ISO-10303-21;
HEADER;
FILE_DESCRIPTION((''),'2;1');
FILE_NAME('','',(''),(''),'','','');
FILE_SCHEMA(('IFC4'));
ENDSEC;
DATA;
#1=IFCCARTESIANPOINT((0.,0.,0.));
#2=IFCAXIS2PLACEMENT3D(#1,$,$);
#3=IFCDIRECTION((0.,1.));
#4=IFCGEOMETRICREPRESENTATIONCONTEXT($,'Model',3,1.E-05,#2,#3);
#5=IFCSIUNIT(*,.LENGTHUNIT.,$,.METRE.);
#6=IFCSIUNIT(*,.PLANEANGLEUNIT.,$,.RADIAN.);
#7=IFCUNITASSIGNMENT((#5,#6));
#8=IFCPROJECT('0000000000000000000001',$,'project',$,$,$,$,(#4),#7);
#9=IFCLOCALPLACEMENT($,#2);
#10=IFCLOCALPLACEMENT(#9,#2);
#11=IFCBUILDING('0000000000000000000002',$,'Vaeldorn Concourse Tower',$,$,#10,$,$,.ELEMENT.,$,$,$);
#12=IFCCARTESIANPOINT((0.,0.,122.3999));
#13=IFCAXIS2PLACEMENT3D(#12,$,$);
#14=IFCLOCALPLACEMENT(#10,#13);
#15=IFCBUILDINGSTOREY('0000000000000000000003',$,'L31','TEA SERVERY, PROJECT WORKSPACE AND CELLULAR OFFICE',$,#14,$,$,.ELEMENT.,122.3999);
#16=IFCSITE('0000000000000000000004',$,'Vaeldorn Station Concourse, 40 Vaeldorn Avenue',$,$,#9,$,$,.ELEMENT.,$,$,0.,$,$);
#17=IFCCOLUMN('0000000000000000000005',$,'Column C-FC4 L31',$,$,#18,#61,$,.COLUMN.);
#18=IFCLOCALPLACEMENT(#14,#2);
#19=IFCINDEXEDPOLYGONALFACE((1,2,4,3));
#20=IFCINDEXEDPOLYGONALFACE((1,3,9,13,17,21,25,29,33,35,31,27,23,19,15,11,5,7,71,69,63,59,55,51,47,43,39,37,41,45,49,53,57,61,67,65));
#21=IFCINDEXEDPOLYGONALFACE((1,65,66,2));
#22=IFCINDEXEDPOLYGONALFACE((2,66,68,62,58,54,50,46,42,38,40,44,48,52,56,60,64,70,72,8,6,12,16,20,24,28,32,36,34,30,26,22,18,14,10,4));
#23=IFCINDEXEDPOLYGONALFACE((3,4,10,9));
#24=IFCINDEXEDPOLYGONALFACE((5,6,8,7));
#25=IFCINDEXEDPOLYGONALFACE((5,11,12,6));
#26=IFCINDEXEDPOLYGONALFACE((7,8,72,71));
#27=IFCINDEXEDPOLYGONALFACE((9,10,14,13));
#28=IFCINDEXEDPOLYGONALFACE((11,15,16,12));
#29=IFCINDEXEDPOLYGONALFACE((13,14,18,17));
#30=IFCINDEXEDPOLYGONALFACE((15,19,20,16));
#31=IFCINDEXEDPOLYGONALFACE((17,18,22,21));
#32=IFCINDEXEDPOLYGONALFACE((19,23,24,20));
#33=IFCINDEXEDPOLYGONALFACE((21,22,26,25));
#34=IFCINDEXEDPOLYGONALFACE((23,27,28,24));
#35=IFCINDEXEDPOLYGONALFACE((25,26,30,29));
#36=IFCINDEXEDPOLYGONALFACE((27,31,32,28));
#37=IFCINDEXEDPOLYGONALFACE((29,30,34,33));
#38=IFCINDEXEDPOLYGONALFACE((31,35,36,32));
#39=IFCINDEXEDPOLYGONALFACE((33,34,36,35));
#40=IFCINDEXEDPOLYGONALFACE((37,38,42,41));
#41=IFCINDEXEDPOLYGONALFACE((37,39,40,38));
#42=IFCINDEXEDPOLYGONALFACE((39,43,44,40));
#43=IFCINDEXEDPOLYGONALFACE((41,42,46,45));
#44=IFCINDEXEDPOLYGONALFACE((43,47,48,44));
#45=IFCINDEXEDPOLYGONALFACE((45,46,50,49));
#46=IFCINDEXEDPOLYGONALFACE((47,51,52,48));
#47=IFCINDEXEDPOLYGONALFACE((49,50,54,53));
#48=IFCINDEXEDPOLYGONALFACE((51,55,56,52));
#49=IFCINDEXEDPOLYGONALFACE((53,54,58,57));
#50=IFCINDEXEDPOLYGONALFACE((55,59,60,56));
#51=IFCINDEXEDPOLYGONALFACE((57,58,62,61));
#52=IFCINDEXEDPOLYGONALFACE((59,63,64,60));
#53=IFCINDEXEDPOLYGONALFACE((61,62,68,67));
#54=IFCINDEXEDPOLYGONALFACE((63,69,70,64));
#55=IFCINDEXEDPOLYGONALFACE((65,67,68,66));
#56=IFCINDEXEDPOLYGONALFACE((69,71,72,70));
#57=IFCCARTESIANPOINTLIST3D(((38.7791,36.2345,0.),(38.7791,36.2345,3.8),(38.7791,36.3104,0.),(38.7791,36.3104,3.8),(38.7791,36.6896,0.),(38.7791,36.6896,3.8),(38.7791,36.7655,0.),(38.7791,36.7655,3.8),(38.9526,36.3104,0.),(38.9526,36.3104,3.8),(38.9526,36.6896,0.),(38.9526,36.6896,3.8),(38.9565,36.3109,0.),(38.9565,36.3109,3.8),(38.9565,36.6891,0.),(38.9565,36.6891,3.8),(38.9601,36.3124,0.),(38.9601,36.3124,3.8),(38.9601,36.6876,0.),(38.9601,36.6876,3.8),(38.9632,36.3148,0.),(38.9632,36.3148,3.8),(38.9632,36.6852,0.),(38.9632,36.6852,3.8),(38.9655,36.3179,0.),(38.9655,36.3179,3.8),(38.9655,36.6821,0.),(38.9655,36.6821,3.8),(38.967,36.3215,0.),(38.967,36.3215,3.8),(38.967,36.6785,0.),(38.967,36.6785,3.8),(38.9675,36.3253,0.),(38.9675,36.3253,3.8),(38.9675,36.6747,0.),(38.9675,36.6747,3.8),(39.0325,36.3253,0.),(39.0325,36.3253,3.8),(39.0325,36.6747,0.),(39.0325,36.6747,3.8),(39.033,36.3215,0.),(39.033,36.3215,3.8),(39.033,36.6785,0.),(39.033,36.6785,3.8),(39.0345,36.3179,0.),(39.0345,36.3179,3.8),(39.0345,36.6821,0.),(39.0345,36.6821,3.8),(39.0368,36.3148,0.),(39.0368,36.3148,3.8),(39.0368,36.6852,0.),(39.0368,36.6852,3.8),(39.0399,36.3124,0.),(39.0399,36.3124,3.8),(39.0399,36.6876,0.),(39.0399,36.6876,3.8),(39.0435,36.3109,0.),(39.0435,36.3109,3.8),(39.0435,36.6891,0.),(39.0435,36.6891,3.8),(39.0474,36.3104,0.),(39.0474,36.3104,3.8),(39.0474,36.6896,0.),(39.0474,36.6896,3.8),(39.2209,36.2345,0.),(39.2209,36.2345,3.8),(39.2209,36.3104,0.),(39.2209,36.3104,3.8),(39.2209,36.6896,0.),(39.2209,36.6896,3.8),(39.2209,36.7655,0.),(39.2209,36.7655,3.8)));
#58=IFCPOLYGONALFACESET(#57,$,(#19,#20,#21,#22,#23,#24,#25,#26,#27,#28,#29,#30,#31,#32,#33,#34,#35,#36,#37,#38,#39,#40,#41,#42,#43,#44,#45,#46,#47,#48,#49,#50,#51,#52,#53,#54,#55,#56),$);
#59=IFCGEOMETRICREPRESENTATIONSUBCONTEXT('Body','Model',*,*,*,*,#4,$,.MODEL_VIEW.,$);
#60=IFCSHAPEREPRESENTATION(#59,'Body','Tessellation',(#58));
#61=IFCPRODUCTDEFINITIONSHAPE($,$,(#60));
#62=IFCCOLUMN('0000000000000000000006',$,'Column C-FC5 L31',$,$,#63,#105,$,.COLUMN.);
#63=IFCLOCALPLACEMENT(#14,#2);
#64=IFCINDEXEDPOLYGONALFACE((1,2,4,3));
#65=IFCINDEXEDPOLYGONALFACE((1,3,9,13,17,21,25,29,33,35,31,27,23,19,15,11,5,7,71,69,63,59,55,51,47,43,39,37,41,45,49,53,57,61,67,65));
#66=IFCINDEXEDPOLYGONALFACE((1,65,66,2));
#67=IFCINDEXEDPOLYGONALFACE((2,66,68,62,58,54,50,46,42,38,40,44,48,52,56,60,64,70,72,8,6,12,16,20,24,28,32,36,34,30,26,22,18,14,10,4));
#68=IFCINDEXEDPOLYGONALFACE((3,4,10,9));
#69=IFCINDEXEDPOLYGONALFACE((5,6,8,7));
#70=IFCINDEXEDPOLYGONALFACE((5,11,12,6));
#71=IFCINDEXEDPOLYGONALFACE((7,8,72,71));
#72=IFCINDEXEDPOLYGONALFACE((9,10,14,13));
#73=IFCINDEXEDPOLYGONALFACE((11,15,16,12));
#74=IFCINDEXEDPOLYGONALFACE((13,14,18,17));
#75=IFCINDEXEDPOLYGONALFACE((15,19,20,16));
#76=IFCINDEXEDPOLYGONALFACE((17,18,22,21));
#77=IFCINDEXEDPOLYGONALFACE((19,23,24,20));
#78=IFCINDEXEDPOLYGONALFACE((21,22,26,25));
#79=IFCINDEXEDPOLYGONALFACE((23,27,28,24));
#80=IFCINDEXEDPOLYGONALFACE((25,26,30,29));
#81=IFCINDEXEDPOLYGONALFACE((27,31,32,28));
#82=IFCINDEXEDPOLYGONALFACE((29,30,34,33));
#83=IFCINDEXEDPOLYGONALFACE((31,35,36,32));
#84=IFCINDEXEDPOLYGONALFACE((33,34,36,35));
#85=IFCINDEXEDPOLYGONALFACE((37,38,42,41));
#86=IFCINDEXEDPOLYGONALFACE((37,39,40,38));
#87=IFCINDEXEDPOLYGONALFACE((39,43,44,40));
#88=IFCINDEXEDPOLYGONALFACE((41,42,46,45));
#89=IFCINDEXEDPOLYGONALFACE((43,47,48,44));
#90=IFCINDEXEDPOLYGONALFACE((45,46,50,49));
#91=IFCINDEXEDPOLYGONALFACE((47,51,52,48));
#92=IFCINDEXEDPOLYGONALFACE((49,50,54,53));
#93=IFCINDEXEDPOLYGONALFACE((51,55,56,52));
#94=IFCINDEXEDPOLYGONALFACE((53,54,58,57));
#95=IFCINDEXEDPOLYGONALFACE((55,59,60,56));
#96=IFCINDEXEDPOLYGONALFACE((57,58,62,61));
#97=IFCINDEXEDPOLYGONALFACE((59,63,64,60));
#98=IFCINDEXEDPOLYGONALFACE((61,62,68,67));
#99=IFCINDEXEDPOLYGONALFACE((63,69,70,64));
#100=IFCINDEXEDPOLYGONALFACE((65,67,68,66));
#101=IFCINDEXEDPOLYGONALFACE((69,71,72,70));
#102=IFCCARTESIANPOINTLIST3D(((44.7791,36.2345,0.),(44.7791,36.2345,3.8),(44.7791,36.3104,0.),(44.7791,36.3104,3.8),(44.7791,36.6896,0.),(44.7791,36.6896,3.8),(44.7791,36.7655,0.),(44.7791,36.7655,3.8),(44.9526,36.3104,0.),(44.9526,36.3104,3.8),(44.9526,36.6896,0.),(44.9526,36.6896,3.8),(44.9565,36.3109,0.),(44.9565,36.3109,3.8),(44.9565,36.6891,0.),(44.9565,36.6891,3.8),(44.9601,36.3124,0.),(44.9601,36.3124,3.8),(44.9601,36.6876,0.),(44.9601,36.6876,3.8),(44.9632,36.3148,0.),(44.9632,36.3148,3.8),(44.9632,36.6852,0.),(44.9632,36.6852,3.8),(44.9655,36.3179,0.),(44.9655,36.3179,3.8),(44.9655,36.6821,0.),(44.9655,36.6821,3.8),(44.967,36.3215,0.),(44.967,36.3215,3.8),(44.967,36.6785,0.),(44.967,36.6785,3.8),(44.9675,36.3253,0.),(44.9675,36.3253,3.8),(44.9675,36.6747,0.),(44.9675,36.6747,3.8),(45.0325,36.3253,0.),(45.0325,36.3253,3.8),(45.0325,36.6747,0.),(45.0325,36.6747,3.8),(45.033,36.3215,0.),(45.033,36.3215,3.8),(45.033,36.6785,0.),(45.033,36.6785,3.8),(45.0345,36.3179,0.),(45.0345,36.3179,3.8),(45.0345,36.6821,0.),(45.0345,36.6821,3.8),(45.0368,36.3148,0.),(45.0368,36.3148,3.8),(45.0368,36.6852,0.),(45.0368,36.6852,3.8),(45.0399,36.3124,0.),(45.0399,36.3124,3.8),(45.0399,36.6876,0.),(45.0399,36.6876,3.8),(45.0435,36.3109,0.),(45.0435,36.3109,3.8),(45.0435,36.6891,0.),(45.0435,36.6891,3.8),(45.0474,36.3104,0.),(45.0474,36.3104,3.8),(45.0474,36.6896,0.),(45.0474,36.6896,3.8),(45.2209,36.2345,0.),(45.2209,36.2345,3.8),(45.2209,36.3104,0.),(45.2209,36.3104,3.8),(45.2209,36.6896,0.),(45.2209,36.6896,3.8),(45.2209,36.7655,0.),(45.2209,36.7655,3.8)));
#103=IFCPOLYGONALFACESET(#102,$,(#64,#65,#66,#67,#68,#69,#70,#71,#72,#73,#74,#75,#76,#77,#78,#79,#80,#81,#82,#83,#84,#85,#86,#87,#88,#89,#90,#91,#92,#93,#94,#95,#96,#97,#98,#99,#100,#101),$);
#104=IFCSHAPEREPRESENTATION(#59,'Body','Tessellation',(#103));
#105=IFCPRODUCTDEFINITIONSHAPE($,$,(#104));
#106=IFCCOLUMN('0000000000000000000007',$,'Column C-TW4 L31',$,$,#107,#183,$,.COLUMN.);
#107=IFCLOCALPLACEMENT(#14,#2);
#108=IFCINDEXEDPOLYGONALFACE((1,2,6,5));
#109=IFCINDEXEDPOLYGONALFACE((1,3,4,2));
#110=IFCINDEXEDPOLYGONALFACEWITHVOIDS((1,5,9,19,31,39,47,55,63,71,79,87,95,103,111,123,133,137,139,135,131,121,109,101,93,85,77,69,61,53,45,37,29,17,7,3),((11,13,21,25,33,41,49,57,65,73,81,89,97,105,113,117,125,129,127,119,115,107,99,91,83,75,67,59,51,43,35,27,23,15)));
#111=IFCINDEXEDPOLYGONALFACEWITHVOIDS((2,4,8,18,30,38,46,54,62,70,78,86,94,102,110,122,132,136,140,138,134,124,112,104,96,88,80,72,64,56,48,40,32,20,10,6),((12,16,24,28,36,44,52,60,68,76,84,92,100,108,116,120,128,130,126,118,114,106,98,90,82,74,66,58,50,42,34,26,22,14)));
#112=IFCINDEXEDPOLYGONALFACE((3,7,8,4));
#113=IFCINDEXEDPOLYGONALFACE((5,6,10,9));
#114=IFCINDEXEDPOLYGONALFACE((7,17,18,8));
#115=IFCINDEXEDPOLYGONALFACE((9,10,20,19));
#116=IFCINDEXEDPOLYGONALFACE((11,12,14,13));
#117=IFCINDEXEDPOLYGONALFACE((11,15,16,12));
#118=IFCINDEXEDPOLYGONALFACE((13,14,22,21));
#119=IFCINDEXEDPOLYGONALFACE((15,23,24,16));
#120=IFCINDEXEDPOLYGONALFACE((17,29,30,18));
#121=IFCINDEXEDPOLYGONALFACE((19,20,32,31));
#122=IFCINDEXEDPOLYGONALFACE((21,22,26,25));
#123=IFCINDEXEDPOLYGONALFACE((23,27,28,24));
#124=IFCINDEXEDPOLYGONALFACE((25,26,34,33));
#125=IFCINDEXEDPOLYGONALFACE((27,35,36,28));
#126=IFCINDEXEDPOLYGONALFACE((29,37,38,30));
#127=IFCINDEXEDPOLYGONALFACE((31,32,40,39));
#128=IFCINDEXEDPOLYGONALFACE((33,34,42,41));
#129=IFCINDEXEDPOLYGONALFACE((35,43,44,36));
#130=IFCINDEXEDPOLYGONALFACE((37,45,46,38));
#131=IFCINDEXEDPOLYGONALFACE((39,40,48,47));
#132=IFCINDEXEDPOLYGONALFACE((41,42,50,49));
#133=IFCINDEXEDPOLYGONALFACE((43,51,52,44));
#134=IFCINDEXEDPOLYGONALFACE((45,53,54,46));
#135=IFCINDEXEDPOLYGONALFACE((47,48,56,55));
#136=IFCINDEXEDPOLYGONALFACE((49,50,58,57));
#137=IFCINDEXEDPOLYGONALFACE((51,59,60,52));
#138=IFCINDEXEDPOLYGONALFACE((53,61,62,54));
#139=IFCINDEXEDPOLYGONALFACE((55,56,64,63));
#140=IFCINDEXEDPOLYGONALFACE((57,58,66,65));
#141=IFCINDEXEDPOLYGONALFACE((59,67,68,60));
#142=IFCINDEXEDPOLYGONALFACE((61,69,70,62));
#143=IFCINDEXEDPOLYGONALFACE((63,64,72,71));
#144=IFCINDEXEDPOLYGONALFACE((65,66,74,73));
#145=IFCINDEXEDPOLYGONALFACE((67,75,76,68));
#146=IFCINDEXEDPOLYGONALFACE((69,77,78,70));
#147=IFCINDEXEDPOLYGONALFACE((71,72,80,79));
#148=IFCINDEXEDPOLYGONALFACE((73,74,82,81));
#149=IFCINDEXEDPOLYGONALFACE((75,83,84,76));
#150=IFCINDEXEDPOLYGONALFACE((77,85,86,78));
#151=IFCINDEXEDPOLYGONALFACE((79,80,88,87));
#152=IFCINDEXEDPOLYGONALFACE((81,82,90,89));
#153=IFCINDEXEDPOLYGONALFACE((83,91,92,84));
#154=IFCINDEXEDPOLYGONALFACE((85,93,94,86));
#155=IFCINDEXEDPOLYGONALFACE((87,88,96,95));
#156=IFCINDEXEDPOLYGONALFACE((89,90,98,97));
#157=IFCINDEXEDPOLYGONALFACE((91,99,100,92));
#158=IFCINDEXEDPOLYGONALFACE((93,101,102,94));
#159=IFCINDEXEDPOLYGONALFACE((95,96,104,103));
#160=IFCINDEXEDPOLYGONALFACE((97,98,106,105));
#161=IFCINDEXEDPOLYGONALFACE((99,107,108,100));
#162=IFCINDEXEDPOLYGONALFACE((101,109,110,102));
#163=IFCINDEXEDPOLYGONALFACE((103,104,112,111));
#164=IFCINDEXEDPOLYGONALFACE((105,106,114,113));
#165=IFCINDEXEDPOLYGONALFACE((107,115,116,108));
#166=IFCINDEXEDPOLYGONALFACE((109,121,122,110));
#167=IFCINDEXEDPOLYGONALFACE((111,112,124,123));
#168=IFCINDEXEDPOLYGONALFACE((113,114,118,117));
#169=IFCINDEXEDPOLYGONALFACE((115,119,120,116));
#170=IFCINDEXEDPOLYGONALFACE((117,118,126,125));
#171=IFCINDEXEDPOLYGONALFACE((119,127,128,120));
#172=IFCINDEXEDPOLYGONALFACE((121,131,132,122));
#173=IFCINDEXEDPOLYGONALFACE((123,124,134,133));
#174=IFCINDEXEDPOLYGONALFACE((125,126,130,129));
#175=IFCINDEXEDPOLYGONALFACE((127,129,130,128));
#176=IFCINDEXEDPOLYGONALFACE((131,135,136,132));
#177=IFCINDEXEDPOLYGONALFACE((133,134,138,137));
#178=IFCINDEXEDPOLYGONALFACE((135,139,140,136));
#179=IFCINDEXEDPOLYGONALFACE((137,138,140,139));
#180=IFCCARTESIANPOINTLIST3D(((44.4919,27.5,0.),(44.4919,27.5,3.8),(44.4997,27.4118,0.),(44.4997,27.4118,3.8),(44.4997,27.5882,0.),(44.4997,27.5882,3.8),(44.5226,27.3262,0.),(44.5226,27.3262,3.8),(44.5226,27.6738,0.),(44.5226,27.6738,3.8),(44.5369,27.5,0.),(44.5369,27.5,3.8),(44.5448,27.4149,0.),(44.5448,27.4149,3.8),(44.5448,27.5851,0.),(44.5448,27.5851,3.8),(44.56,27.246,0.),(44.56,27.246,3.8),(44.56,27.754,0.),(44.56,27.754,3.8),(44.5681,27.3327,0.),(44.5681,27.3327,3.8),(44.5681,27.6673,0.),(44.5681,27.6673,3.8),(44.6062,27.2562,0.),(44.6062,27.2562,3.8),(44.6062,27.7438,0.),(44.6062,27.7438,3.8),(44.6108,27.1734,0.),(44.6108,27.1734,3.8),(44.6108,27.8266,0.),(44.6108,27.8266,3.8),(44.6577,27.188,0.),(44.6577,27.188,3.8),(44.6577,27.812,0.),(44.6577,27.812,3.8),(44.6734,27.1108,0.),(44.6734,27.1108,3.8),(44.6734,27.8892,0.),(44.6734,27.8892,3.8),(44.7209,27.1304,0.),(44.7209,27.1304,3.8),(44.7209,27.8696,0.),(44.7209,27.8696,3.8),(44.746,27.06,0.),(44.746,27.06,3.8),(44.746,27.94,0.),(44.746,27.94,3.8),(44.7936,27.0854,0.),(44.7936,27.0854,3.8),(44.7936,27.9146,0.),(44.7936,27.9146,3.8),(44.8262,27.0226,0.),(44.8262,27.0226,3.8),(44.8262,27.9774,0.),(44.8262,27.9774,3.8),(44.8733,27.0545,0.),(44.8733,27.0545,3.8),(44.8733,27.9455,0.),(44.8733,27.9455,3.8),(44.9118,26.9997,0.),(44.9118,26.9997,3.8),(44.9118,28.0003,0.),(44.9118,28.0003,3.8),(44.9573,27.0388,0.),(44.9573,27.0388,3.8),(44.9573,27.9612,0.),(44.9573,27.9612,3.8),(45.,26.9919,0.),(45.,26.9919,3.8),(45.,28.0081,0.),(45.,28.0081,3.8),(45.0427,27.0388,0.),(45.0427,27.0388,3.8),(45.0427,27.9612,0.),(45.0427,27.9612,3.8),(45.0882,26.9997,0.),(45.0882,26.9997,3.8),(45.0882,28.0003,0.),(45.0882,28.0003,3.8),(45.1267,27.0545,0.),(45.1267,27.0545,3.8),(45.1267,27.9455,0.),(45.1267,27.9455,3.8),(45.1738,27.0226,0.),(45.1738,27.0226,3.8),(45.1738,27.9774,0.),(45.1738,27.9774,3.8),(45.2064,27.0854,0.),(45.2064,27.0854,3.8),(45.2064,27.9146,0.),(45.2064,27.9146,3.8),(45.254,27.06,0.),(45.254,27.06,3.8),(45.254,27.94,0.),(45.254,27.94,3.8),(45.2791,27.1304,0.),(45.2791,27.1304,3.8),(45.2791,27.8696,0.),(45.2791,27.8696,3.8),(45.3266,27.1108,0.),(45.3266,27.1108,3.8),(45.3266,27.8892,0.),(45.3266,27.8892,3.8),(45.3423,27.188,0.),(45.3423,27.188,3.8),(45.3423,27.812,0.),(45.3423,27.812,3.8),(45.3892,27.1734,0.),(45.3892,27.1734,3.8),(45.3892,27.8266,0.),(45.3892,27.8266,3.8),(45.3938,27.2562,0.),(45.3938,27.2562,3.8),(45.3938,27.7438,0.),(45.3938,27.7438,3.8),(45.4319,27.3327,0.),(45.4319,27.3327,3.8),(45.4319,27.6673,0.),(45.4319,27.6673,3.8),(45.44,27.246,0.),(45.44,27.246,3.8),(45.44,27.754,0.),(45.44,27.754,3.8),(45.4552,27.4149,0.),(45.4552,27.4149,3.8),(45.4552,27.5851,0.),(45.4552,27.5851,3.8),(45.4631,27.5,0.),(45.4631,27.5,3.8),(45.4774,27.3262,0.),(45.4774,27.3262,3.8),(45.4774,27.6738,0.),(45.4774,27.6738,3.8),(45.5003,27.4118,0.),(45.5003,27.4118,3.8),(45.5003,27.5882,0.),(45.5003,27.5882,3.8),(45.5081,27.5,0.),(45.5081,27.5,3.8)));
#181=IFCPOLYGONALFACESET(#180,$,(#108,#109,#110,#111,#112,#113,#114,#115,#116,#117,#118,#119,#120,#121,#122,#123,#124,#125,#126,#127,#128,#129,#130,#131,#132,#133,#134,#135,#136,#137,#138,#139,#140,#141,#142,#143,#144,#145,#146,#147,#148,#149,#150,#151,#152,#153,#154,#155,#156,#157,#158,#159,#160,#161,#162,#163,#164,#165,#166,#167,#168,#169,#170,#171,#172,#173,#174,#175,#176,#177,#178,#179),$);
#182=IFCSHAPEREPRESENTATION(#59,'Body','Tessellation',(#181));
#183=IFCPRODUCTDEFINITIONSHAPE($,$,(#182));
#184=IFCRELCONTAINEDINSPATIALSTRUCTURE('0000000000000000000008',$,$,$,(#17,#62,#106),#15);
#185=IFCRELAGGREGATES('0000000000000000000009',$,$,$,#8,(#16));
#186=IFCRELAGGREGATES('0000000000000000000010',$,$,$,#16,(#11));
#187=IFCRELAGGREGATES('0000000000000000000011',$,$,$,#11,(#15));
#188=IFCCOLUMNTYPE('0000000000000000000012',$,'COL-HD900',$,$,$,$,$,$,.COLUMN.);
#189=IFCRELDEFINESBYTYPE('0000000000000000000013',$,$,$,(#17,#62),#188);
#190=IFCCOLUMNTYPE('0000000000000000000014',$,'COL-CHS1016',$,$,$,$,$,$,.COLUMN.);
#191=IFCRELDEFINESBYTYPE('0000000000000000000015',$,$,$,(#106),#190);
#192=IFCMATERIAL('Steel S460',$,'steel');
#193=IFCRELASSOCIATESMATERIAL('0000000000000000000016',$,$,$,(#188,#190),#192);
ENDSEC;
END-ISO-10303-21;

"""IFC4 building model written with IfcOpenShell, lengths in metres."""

from ifc_helpers import new_model, si_unit, direction, frame, origin, origin_2d, place, context, subcontext, project, spatial, hollow_circle, i_section, extrude, source, transform, mapped, material, material_profile, profile_set, type_object, element, save


model = new_model("IFC4")

# Units and contexts
model_context = context("Model", 3, precision=1e-05, world=origin(), true_north=direction((0.0, 1.0)))
body_context = subcontext(model_context, "Body", "Model", "MODEL_VIEW")
ifc_project = project(units=[si_unit("LENGTHUNIT", "METRE"), si_unit("PLANEANGLEUNIT", "RADIAN")], contexts=[model_context])

# Site, building, storey
site_placement = place(None, origin())
site = spatial("IfcSite", under=ifc_project, at=site_placement, Name="Vaeldorn Station Concourse, 40 Vaeldorn Avenue", CompositionType="ELEMENT", RefElevation=0.0)
building_placement = place(site_placement, origin())
building = spatial("IfcBuilding", under=site, at=building_placement, Name="Vaeldorn Concourse Tower", CompositionType="ELEMENT")
storey_placement = place(building_placement, frame((0.0, 0.0, 122.3999)))
storey = spatial("IfcBuildingStorey", under=building, at=storey_placement, Name="L31", Description="TEA SERVERY, PROJECT WORKSPACE AND CELLULAR OFFICE", CompositionType="ELEMENT", Elevation=122.3999)

# Columns
ifc_material_1 = material(Name="Steel S460", Category="steel")
ifc_material_profile_1 = material_profile(ifc_material_1, i_section(OverallWidth=0.4419, OverallDepth=0.531, WebThickness=0.0649, FlangeThickness=0.0759, FilletRadius=0.0149, at=origin_2d()), Name="HD 400x900")
ifc_profile_set_1 = profile_set([ifc_material_profile_1], Name="Steel S460")
column_type_1 = type_object("IfcColumnType", Name="COL-HD900", PredefinedType="COLUMN", material=ifc_profile_set_1)
shared_shape_1 = source(origin(), body_context, "Body", "SweptSolid", [
    extrude(i_section(OverallWidth=0.4419, OverallDepth=0.531, WebThickness=0.0649, FlangeThickness=0.0759, FilletRadius=0.0149, at=origin_2d()), origin(), (0.0, 0.0, 1.0), 3.8),
])
for number, where, z_axis, x_axis, name in (
    (1, (39.0, 36.5, 0.0), (0.0, 0.0, 1.0), (1.0, 0.0, 0.0), "Column C-FC4 L31"),
    (2, (45.0, 36.5, 0.0), (0.0, 0.0, 1.0), (1.0, 0.0, 0.0), "Column C-FC5 L31"),
):
    element("IfcColumn", number, at=place(storey_placement, frame(where, z_axis=z_axis, x_axis=x_axis)), inside=storey, type_object=column_type_1, Name=name, PredefinedType="COLUMN", context=body_context, shape_type="MappedRepresentation", body=[
        mapped(shared_shape_1, transform((0.0, 0.0, 0.0), scale=1.0)),
    ])
ifc_material_profile_2 = material_profile(ifc_material_1, hollow_circle(Radius=0.5081, WallThickness=0.0449, at=origin_2d()), Name="CHS 1016x45")
ifc_profile_set_2 = profile_set([ifc_material_profile_2], Name="Steel S460")
column_type_2 = type_object("IfcColumnType", Name="COL-CHS1016", PredefinedType="COLUMN", material=ifc_profile_set_2)
shared_shape_2 = source(origin(), body_context, "Body", "SweptSolid", [
    extrude(hollow_circle(Radius=0.5081, WallThickness=0.0449, at=origin_2d()), origin(), (0.0, 0.0, 1.0), 3.8),
])
column_placement = place(storey_placement, frame((45.0, 27.5, 0.0), z_axis=(0.0, 0.0, 1.0), x_axis=(1.0, 0.0, 0.0)))
element("IfcColumn", 3, at=column_placement, inside=storey, type_object=column_type_2, Name="Column C-TW4 L31", PredefinedType="COLUMN", context=body_context, shape_type="MappedRepresentation", body=[
    mapped(shared_shape_2, transform((0.0, 0.0, 0.0), scale=1.0)),
])

save(model, "model.ifc")
